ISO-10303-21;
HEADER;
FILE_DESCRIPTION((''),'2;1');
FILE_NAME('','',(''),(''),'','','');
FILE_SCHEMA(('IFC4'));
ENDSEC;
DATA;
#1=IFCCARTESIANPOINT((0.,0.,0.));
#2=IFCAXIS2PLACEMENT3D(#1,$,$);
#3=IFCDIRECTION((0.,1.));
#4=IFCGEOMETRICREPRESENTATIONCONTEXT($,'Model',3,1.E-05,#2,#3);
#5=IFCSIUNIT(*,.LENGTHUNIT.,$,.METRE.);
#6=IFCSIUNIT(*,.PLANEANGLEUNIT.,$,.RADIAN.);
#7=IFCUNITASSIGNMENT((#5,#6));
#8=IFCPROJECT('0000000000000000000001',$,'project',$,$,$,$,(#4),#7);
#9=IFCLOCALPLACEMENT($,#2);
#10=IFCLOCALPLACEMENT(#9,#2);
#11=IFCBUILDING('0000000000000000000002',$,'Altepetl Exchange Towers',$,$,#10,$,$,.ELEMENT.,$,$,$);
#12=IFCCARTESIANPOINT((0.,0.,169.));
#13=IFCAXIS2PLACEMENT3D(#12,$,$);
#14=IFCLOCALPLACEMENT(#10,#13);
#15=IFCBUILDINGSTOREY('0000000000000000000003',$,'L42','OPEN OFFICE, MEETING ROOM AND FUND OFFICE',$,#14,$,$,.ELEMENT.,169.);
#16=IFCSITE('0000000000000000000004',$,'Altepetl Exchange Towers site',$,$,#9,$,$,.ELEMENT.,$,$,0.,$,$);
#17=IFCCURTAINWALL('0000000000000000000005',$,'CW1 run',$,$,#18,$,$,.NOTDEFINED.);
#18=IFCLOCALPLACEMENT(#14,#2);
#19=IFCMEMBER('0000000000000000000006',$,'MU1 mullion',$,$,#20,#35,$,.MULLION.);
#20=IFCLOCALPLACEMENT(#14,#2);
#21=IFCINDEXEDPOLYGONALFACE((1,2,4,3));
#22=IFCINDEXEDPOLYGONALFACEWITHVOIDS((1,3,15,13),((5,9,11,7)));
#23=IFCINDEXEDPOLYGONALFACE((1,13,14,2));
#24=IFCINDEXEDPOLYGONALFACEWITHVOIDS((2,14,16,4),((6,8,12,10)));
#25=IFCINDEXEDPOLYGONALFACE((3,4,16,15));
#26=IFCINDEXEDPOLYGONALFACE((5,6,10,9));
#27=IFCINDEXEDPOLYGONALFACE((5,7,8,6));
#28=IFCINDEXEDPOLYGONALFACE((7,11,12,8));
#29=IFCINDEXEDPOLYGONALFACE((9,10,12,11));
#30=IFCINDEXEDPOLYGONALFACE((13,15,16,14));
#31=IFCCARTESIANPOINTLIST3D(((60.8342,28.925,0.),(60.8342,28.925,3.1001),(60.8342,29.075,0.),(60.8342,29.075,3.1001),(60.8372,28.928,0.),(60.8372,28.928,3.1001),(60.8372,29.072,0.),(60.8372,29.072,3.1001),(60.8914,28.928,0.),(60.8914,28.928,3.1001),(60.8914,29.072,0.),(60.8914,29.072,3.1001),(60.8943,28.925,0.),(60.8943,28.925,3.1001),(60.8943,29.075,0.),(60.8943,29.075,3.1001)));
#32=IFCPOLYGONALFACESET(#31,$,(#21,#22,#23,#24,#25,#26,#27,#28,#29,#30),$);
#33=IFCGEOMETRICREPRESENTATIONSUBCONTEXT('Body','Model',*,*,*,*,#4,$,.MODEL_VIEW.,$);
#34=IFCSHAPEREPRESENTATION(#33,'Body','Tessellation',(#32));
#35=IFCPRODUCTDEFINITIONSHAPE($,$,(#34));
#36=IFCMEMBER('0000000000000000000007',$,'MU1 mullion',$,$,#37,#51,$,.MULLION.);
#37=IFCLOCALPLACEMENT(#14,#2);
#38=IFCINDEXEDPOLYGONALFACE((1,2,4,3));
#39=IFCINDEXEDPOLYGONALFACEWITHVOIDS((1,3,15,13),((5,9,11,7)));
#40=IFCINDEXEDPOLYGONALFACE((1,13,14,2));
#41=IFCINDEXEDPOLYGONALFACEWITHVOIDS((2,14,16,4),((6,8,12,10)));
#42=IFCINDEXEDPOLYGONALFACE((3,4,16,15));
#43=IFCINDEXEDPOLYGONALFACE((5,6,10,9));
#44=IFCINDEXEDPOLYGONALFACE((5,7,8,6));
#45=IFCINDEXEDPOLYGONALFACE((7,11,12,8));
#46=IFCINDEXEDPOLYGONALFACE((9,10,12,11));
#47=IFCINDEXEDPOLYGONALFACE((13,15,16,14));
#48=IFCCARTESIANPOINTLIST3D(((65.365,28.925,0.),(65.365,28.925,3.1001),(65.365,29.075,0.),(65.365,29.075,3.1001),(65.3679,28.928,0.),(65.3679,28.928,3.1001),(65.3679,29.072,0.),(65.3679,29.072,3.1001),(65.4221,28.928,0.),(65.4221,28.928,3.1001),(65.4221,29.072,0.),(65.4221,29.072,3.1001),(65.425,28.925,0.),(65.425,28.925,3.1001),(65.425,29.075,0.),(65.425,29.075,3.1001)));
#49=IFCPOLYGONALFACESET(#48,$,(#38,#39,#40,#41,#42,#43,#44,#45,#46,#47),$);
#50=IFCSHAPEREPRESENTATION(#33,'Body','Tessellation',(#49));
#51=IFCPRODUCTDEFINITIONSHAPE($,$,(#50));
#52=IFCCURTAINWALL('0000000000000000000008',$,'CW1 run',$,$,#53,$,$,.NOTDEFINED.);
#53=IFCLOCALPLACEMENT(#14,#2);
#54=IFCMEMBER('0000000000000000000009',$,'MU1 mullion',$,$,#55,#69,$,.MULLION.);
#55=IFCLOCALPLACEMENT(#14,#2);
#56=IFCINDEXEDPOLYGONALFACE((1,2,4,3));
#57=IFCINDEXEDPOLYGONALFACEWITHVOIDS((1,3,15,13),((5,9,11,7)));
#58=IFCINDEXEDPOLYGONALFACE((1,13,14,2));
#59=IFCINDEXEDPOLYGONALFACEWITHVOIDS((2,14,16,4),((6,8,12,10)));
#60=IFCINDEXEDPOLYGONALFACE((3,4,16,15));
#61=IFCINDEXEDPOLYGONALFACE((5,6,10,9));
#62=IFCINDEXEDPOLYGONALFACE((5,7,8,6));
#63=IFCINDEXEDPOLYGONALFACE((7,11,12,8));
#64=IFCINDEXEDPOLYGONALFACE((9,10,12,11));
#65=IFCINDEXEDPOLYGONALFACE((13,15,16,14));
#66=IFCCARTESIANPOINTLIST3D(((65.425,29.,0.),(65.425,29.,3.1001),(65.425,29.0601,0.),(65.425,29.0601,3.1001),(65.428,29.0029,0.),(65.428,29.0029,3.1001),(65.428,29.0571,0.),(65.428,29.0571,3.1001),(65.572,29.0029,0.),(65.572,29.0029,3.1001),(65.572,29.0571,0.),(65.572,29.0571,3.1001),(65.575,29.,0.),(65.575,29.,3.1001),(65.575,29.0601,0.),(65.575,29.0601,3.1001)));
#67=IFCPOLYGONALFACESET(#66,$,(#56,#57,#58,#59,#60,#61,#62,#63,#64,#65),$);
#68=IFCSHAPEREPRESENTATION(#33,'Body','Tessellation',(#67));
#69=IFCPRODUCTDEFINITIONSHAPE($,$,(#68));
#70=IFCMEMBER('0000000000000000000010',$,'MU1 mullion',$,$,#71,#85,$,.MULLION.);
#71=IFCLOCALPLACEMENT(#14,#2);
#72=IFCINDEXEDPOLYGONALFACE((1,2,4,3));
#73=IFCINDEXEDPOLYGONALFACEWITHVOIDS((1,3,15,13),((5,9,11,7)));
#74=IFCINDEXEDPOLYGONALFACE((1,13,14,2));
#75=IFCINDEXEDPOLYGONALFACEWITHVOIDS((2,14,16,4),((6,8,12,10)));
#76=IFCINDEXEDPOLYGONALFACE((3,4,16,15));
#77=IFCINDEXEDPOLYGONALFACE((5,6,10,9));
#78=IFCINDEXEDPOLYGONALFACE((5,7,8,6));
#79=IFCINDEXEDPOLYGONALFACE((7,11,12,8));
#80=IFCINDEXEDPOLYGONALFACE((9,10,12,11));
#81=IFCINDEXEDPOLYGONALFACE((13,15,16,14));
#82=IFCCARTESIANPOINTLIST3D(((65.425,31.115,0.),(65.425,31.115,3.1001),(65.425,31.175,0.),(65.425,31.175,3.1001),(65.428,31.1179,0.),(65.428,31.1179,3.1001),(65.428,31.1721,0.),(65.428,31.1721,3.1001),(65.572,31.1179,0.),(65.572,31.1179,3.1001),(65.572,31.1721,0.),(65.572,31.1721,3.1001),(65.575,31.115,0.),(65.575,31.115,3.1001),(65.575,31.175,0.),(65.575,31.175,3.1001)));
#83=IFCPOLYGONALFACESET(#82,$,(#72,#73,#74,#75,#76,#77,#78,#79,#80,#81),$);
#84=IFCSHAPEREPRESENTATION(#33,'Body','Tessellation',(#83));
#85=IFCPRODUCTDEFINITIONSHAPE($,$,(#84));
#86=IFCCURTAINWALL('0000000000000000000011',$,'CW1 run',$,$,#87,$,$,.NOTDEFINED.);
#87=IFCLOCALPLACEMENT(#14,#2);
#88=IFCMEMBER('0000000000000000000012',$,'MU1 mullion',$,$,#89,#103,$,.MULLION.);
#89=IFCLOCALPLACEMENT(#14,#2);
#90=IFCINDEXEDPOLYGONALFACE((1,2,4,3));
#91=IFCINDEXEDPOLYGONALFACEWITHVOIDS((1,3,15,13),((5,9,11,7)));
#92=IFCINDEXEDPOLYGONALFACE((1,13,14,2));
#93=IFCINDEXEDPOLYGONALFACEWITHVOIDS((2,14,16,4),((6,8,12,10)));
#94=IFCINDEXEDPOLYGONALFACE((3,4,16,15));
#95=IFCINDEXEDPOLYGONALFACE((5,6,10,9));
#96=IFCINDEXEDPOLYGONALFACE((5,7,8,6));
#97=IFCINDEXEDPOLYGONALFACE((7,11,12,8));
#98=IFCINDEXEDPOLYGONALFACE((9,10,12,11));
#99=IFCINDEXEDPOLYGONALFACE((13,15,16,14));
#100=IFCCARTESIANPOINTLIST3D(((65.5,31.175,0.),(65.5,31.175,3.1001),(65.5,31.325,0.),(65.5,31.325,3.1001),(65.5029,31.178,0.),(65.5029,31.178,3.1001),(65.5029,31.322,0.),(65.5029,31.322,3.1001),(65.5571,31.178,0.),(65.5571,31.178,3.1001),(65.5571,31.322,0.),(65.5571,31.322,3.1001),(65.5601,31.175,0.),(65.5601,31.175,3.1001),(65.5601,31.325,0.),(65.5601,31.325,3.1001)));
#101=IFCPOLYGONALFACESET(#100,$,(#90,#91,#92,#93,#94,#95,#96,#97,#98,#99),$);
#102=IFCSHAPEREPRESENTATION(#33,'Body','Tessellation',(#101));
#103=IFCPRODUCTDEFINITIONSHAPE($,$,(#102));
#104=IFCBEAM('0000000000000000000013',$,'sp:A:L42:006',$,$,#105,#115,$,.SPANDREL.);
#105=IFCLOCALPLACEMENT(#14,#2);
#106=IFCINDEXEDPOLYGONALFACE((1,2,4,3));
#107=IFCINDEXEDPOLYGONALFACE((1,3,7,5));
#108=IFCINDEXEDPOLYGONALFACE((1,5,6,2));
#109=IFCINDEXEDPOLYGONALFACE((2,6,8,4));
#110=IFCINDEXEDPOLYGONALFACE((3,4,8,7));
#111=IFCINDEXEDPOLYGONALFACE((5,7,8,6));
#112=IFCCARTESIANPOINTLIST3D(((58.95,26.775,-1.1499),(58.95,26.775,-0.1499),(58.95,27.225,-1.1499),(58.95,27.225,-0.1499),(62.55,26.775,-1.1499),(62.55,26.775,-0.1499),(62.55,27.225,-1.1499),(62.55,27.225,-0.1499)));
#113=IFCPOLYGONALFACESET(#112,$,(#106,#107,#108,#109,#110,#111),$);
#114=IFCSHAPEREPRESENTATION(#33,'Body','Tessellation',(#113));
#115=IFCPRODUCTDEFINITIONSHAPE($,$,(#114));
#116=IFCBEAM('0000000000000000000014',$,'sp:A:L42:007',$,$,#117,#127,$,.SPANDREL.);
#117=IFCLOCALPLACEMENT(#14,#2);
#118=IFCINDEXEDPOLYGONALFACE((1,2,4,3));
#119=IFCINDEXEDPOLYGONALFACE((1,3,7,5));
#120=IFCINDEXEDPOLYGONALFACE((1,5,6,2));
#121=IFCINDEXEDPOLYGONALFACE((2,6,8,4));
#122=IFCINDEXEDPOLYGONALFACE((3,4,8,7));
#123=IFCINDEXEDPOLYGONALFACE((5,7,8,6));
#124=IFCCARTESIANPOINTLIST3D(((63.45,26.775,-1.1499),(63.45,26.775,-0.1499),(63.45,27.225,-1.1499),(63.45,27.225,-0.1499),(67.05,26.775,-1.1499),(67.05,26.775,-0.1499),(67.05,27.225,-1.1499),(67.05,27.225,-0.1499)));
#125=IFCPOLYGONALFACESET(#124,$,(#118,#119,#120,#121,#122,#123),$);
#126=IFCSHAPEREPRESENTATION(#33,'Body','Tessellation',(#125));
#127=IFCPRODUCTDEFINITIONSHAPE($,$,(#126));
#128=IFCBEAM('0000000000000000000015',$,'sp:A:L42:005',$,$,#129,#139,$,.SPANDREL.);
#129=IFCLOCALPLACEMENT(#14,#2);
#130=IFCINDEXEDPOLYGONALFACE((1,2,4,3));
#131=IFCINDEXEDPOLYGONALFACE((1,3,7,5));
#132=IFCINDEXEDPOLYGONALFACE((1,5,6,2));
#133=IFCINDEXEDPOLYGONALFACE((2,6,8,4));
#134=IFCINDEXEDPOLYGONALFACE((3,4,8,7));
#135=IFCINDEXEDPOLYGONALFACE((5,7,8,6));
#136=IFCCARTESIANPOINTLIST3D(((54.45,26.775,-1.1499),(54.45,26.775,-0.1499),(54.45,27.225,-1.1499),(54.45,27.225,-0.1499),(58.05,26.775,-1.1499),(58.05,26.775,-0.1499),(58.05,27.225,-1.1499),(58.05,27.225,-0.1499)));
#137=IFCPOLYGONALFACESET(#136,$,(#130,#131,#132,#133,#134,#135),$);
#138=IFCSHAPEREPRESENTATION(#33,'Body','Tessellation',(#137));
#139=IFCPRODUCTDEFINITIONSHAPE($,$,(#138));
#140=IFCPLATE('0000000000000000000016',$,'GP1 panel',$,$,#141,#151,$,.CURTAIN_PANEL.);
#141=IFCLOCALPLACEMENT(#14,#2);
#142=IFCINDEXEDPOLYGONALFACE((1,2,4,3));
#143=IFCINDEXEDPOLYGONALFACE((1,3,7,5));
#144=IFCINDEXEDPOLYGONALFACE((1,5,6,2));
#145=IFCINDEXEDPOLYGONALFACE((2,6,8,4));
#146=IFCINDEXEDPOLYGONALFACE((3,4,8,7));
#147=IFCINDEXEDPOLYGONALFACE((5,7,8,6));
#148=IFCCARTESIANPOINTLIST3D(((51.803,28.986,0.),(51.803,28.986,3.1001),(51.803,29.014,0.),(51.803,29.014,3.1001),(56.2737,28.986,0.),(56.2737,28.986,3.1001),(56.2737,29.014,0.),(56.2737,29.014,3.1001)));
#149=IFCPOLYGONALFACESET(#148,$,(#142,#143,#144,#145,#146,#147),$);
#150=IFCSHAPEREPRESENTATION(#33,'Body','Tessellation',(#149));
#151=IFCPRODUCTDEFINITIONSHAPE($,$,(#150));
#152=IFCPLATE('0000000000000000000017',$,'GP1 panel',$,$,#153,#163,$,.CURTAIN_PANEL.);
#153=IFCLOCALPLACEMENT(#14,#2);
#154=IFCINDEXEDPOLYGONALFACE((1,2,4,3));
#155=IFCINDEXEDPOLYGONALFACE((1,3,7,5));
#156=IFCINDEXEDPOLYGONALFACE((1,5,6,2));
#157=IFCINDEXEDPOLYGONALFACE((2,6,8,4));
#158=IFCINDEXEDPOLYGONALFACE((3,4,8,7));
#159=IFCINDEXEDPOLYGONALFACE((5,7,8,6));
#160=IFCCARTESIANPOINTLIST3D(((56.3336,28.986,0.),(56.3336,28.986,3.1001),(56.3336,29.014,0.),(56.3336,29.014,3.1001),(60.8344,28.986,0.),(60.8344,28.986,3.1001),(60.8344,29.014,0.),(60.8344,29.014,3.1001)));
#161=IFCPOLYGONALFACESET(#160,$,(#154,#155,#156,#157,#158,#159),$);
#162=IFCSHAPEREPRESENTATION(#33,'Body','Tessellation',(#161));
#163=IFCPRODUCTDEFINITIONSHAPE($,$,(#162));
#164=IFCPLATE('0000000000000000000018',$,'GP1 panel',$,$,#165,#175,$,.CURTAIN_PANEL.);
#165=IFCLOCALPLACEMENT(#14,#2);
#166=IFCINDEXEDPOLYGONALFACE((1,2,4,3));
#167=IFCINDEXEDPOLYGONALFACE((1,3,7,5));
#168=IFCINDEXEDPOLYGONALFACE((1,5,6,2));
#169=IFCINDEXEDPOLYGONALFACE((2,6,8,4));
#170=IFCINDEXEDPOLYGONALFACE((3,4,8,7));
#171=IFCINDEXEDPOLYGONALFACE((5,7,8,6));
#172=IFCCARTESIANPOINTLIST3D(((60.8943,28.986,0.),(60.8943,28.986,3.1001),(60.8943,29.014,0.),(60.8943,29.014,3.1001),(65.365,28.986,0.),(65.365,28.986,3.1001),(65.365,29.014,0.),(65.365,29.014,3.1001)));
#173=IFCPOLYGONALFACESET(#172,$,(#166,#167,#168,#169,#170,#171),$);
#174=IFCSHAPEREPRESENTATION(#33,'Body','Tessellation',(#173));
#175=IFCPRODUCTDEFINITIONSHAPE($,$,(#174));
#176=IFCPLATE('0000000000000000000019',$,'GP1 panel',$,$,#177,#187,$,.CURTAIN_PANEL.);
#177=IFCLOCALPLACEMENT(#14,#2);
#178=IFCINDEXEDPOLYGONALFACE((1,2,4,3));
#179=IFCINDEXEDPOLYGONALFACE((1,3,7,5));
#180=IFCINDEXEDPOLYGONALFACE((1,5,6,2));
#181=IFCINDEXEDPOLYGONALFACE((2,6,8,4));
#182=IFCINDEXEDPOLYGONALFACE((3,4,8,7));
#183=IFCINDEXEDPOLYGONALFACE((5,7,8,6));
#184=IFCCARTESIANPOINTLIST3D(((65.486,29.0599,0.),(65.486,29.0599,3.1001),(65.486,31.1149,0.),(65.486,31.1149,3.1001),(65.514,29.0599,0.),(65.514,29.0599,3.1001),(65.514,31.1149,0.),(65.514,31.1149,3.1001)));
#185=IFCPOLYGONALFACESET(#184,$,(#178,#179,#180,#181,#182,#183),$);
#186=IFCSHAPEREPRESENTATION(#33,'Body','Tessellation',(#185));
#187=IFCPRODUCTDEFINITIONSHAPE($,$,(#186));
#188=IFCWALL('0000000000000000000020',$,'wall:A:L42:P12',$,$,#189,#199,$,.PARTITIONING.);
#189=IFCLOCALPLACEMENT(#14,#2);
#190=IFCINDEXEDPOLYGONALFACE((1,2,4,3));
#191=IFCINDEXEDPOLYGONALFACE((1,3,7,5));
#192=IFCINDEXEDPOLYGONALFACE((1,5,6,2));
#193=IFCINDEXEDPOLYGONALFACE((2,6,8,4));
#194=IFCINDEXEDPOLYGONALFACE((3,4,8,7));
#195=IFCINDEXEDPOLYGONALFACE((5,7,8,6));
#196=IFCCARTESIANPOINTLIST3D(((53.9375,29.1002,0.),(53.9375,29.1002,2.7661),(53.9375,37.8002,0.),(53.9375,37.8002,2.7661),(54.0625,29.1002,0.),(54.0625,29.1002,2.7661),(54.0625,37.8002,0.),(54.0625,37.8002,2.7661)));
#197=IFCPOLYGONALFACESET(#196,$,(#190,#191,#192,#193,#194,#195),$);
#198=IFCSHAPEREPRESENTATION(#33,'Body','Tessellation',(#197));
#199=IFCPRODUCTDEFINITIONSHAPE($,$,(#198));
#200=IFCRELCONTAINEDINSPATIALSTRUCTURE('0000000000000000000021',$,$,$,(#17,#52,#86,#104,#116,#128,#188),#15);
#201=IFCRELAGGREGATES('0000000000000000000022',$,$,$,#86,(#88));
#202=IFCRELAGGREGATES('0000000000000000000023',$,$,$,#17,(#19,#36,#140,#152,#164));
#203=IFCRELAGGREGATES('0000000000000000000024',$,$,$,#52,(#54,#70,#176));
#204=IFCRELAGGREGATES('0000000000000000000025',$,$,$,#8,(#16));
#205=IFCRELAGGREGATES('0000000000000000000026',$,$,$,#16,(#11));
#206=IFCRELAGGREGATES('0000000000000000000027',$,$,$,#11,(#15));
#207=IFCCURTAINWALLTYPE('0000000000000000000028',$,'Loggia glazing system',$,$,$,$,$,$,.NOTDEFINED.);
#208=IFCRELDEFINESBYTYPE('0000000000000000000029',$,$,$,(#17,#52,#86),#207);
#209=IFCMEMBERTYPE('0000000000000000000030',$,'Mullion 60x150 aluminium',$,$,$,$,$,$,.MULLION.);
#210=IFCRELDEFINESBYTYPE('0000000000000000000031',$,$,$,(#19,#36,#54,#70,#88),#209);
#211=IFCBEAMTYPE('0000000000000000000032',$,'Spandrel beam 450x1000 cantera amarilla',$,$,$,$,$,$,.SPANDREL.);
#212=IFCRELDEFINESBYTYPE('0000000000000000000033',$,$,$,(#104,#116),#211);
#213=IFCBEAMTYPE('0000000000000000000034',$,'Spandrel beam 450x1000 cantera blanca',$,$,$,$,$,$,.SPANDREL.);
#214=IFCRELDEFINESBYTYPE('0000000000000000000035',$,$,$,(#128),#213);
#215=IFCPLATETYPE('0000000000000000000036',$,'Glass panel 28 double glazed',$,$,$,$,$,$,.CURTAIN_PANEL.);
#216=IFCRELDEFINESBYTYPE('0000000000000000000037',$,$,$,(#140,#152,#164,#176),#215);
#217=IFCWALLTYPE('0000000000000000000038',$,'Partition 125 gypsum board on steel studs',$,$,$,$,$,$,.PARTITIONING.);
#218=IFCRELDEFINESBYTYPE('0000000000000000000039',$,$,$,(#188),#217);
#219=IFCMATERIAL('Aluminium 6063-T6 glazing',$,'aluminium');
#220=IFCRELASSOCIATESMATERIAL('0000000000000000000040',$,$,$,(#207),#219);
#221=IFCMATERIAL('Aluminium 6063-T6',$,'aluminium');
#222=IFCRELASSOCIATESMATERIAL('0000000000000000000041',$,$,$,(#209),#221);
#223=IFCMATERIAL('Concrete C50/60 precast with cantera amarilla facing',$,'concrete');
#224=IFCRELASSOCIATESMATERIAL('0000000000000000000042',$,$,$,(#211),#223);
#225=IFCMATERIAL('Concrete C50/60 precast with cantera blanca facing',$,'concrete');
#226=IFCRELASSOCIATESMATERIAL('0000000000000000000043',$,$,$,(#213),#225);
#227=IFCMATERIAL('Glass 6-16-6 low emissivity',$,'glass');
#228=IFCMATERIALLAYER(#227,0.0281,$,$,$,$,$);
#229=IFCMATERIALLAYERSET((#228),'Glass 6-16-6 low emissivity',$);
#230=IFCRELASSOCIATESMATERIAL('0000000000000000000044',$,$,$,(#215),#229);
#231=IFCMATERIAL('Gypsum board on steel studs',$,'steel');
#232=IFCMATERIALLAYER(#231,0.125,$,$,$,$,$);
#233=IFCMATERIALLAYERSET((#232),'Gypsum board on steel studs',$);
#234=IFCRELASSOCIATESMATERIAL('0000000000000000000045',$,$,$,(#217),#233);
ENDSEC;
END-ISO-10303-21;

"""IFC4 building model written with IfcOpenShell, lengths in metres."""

from ifc_helpers import new_model, si_unit, direction, frame, frame_2d, origin, origin_2d, place, context, subcontext, project, spatial, rectangle, hollow_rectangle, extrude, material, layer, layer_set, material_profile, profile_set, type_object, element, aggregate, save


model = new_model("IFC4")

# Units and contexts
model_context = context("Model", 3, precision=1e-05, world=origin(), true_north=direction((0.0, 1.0)))
body_context = subcontext(model_context, "Body", "Model", "MODEL_VIEW")
ifc_project = project(units=[si_unit("LENGTHUNIT", "METRE"), si_unit("PLANEANGLEUNIT", "RADIAN")], contexts=[model_context])

# Site, building, storey
site_placement = place(None, origin())
site = spatial("IfcSite", under=ifc_project, at=site_placement, Name="Altepetl Exchange Towers site", CompositionType="ELEMENT", RefElevation=0.0)
building_placement = place(site_placement, origin())
building = spatial("IfcBuilding", under=site, at=building_placement, Name="Altepetl Exchange Towers", CompositionType="ELEMENT")
storey_placement = place(building_placement, frame((0.0, 0.0, 169.0)))
storey = spatial("IfcBuildingStorey", under=building, at=storey_placement, Name="L42", Description="OPEN OFFICE, MEETING ROOM AND FUND OFFICE", CompositionType="ELEMENT", Elevation=169.0)

# Curtain walls, members
ifc_material_1 = material(Name="Aluminium 6063-T6 glazing", Category="aluminium")
curtain_wall_type = type_object("IfcCurtainWallType", Name="Loggia glazing system", PredefinedType="NOTDEFINED", material=ifc_material_1)
curtain_wall_1_placement = place(storey_placement, origin())
curtain_wall_1 = element("IfcCurtainWall", 1, at=curtain_wall_1_placement, inside=storey, type_object=curtain_wall_type, Name="CW1 run", PredefinedType="NOTDEFINED")
ifc_material_2 = material(Name="Aluminium 6063-T6", Category="aluminium")
ifc_material_profile_1 = material_profile(ifc_material_2, hollow_rectangle(XDim=0.0601, YDim=0.1499, WallThickness=0.0029, at=origin_2d()), Name="Mullion 60x150 aluminium")
ifc_profile_set_1 = profile_set([ifc_material_profile_1], Name="Aluminium 6063-T6")
member_type = type_object("IfcMemberType", Name="Mullion 60x150 aluminium", PredefinedType="MULLION", material=ifc_profile_set_1)
member_1_placement = place(storey_placement, frame((60.8643, 29.0, 0.0)))
member_1 = element("IfcMember", 2, at=member_1_placement, type_object=member_type, Name="MU1 mullion", PredefinedType="MULLION", context=body_context, shape_type="SweptSolid", body=[
    extrude(hollow_rectangle(XDim=0.0601, YDim=0.1499, WallThickness=0.0029, at=origin_2d()), origin(), (0.0, 0.0, 1.0), 3.1001),
])
member_2_placement = place(storey_placement, frame((65.395, 29.0, 0.0)))
member_2 = element("IfcMember", 3, at=member_2_placement, type_object=member_type, Name="MU1 mullion", PredefinedType="MULLION", context=body_context, shape_type="SweptSolid", body=[
    extrude(hollow_rectangle(XDim=0.0601, YDim=0.1499, WallThickness=0.0029, at=origin_2d()), origin(), (0.0, 0.0, 1.0), 3.1001),
])
curtain_wall_2_placement = place(storey_placement, origin())
curtain_wall_2 = element("IfcCurtainWall", 4, at=curtain_wall_2_placement, inside=storey, type_object=curtain_wall_type, Name="CW1 run", PredefinedType="NOTDEFINED")
member_3_placement = place(storey_placement, frame((65.5, 29.03, 0.0), z_axis=(0.0, 0.0, 1.0), x_axis=(0.0, 1.0, 0.0)))
member_3 = element("IfcMember", 5, at=member_3_placement, type_object=member_type, Name="MU1 mullion", PredefinedType="MULLION", context=body_context, shape_type="SweptSolid", body=[
    extrude(hollow_rectangle(XDim=0.0601, YDim=0.1499, WallThickness=0.0029, at=origin_2d()), origin(), (0.0, 0.0, 1.0), 3.1001),
])
member_4_placement = place(storey_placement, frame((65.5, 31.145, 0.0), z_axis=(0.0, 0.0, 1.0), x_axis=(0.0, 1.0, 0.0)))
member_4 = element("IfcMember", 6, at=member_4_placement, type_object=member_type, Name="MU1 mullion", PredefinedType="MULLION", context=body_context, shape_type="SweptSolid", body=[
    extrude(hollow_rectangle(XDim=0.0601, YDim=0.1499, WallThickness=0.0029, at=origin_2d()), origin(), (0.0, 0.0, 1.0), 3.1001),
])

# Curtain wall, member
curtain_wall_3_placement = place(storey_placement, origin())
curtain_wall_3 = element("IfcCurtainWall", 7, at=curtain_wall_3_placement, inside=storey, type_object=curtain_wall_type, Name="CW1 run", PredefinedType="NOTDEFINED")
member_5_placement = place(storey_placement, frame((65.53, 31.25, 0.0)))
member_5 = element("IfcMember", 8, at=member_5_placement, type_object=member_type, Name="MU1 mullion", PredefinedType="MULLION", context=body_context, shape_type="SweptSolid", body=[
    extrude(hollow_rectangle(XDim=0.0601, YDim=0.1499, WallThickness=0.0029, at=origin_2d()), origin(), (0.0, 0.0, 1.0), 3.1001),
])
aggregate(curtain_wall_3, [member_5])

# Beams
ifc_material_3 = material(Name="Concrete C50/60 precast with cantera amarilla facing", Category="concrete")
ifc_material_profile_2 = material_profile(ifc_material_3, rectangle(XDim=0.45, YDim=1.0, at=origin_2d()), Name="450 x 1000")
ifc_profile_set_2 = profile_set([ifc_material_profile_2], Name="Concrete C50/60 precast with cantera amarilla facing")
beam_type_1 = type_object("IfcBeamType", Name="Spandrel beam 450x1000 cantera amarilla", PredefinedType="SPANDREL", material=ifc_profile_set_2)
for number, where, z_axis, x_axis, name in (
    (9, (58.95, 27.0, -0.6499), (1.0, 0.0, 0.0), (0.0, 1.0, 0.0), "sp:A:L42:006"),
    (10, (63.45, 27.0, -0.6499), (1.0, 0.0, 0.0), (0.0, 1.0, 0.0), "sp:A:L42:007"),
):
    element("IfcBeam", number, at=place(storey_placement, frame(where, z_axis=z_axis, x_axis=x_axis)), inside=storey, type_object=beam_type_1, Name=name, PredefinedType="SPANDREL", context=body_context, shape_type="SweptSolid", body=[
        extrude(rectangle(XDim=0.45, YDim=1.0, at=origin_2d()), origin(), (0.0, 0.0, 1.0), 3.6001),
    ])
ifc_material_4 = material(Name="Concrete C50/60 precast with cantera blanca facing", Category="concrete")
ifc_material_profile_3 = material_profile(ifc_material_4, rectangle(XDim=0.45, YDim=1.0, at=origin_2d()), Name="450 x 1000")
ifc_profile_set_3 = profile_set([ifc_material_profile_3], Name="Concrete C50/60 precast with cantera blanca facing")
beam_type_2 = type_object("IfcBeamType", Name="Spandrel beam 450x1000 cantera blanca", PredefinedType="SPANDREL", material=ifc_profile_set_3)
beam_1_placement = place(storey_placement, frame((54.45, 27.0, -0.6499), z_axis=(1.0, 0.0, 0.0), x_axis=(0.0, 1.0, 0.0)))
element("IfcBeam", 11, at=beam_1_placement, inside=storey, type_object=beam_type_2, Name="sp:A:L42:005", PredefinedType="SPANDREL", context=body_context, shape_type="SweptSolid", body=[
    extrude(rectangle(XDim=0.45, YDim=1.0, at=origin_2d()), origin(), (0.0, 0.0, 1.0), 3.6001),
])

# Plates
ifc_material_5 = material(Name="Glass 6-16-6 low emissivity", Category="glass")
ifc_layer_1 = layer(ifc_material_5, 0.0281)
ifc_layer_set_1 = layer_set([ifc_layer_1], Name="Glass 6-16-6 low emissivity")
plate_type = type_object("IfcPlateType", Name="Glass panel 28 double glazed", PredefinedType="CURTAIN_PANEL", material=ifc_layer_set_1)
plate_1_placement = place(storey_placement, frame((54.0383, 29.0, 0.0)))
plate_1 = element("IfcPlate", 12, at=plate_1_placement, type_object=plate_type, Name="GP1 panel", PredefinedType="CURTAIN_PANEL", context=body_context, shape_type="SweptSolid", body=[
    extrude(rectangle(XDim=4.4707, YDim=0.0281, at=origin_2d()), origin(), (0.0, 0.0, 1.0), 3.1001),
])
plate_2_placement = place(storey_placement, frame((58.584, 29.0, 0.0)))
plate_2 = element("IfcPlate", 13, at=plate_2_placement, type_object=plate_type, Name="GP1 panel", PredefinedType="CURTAIN_PANEL", context=body_context, shape_type="SweptSolid", body=[
    extrude(rectangle(XDim=4.5007, YDim=0.0281, at=origin_2d()), origin(), (0.0, 0.0, 1.0), 3.1001),
])
plate_3_placement = place(storey_placement, frame((63.1296, 29.0, 0.0)))
plate_3 = element("IfcPlate", 14, at=plate_3_placement, type_object=plate_type, Name="GP1 panel", PredefinedType="CURTAIN_PANEL", context=body_context, shape_type="SweptSolid", body=[
    extrude(rectangle(XDim=4.4707, YDim=0.0281, at=origin_2d()), origin(), (0.0, 0.0, 1.0), 3.1001),
])
aggregate(curtain_wall_1, [member_1, member_2, plate_1, plate_2, plate_3])
plate_4_placement = place(storey_placement, frame((65.5, 30.0874, 0.0), z_axis=(0.0, 0.0, 1.0), x_axis=(0.0, 1.0, 0.0)))
plate_4 = element("IfcPlate", 15, at=plate_4_placement, type_object=plate_type, Name="GP1 panel", PredefinedType="CURTAIN_PANEL", context=body_context, shape_type="SweptSolid", body=[
    extrude(rectangle(XDim=2.0549, YDim=0.0281, at=origin_2d()), origin(), (0.0, 0.0, 1.0), 3.1001),
])
aggregate(curtain_wall_2, [member_3, member_4, plate_4])

# Wall
ifc_material_6 = material(Name="Gypsum board on steel studs", Category="steel")
ifc_layer_2 = layer(ifc_material_6, 0.125)
ifc_layer_set_2 = layer_set([ifc_layer_2], Name="Gypsum board on steel studs")
wall_type = type_object("IfcWallType", Name="Partition 125 gypsum board on steel studs", PredefinedType="PARTITIONING", material=ifc_layer_set_2)
wall_1_placement = place(storey_placement, frame((54.0, 29.1001, 0.0), z_axis=(0.0, 0.0, 1.0), x_axis=(0.0, 1.0, 0.0)))
element("IfcWall", 16, at=wall_1_placement, inside=storey, type_object=wall_type, Name="wall:A:L42:P12", PredefinedType="PARTITIONING", context=body_context, shape_type="SweptSolid", body=[
    extrude(rectangle(XDim=8.7, YDim=0.125, at=frame_2d((4.3501, 0.0))), origin(), (0.0, 0.0, 1.0), 2.7661),
])

save(model, "model.ifc")
